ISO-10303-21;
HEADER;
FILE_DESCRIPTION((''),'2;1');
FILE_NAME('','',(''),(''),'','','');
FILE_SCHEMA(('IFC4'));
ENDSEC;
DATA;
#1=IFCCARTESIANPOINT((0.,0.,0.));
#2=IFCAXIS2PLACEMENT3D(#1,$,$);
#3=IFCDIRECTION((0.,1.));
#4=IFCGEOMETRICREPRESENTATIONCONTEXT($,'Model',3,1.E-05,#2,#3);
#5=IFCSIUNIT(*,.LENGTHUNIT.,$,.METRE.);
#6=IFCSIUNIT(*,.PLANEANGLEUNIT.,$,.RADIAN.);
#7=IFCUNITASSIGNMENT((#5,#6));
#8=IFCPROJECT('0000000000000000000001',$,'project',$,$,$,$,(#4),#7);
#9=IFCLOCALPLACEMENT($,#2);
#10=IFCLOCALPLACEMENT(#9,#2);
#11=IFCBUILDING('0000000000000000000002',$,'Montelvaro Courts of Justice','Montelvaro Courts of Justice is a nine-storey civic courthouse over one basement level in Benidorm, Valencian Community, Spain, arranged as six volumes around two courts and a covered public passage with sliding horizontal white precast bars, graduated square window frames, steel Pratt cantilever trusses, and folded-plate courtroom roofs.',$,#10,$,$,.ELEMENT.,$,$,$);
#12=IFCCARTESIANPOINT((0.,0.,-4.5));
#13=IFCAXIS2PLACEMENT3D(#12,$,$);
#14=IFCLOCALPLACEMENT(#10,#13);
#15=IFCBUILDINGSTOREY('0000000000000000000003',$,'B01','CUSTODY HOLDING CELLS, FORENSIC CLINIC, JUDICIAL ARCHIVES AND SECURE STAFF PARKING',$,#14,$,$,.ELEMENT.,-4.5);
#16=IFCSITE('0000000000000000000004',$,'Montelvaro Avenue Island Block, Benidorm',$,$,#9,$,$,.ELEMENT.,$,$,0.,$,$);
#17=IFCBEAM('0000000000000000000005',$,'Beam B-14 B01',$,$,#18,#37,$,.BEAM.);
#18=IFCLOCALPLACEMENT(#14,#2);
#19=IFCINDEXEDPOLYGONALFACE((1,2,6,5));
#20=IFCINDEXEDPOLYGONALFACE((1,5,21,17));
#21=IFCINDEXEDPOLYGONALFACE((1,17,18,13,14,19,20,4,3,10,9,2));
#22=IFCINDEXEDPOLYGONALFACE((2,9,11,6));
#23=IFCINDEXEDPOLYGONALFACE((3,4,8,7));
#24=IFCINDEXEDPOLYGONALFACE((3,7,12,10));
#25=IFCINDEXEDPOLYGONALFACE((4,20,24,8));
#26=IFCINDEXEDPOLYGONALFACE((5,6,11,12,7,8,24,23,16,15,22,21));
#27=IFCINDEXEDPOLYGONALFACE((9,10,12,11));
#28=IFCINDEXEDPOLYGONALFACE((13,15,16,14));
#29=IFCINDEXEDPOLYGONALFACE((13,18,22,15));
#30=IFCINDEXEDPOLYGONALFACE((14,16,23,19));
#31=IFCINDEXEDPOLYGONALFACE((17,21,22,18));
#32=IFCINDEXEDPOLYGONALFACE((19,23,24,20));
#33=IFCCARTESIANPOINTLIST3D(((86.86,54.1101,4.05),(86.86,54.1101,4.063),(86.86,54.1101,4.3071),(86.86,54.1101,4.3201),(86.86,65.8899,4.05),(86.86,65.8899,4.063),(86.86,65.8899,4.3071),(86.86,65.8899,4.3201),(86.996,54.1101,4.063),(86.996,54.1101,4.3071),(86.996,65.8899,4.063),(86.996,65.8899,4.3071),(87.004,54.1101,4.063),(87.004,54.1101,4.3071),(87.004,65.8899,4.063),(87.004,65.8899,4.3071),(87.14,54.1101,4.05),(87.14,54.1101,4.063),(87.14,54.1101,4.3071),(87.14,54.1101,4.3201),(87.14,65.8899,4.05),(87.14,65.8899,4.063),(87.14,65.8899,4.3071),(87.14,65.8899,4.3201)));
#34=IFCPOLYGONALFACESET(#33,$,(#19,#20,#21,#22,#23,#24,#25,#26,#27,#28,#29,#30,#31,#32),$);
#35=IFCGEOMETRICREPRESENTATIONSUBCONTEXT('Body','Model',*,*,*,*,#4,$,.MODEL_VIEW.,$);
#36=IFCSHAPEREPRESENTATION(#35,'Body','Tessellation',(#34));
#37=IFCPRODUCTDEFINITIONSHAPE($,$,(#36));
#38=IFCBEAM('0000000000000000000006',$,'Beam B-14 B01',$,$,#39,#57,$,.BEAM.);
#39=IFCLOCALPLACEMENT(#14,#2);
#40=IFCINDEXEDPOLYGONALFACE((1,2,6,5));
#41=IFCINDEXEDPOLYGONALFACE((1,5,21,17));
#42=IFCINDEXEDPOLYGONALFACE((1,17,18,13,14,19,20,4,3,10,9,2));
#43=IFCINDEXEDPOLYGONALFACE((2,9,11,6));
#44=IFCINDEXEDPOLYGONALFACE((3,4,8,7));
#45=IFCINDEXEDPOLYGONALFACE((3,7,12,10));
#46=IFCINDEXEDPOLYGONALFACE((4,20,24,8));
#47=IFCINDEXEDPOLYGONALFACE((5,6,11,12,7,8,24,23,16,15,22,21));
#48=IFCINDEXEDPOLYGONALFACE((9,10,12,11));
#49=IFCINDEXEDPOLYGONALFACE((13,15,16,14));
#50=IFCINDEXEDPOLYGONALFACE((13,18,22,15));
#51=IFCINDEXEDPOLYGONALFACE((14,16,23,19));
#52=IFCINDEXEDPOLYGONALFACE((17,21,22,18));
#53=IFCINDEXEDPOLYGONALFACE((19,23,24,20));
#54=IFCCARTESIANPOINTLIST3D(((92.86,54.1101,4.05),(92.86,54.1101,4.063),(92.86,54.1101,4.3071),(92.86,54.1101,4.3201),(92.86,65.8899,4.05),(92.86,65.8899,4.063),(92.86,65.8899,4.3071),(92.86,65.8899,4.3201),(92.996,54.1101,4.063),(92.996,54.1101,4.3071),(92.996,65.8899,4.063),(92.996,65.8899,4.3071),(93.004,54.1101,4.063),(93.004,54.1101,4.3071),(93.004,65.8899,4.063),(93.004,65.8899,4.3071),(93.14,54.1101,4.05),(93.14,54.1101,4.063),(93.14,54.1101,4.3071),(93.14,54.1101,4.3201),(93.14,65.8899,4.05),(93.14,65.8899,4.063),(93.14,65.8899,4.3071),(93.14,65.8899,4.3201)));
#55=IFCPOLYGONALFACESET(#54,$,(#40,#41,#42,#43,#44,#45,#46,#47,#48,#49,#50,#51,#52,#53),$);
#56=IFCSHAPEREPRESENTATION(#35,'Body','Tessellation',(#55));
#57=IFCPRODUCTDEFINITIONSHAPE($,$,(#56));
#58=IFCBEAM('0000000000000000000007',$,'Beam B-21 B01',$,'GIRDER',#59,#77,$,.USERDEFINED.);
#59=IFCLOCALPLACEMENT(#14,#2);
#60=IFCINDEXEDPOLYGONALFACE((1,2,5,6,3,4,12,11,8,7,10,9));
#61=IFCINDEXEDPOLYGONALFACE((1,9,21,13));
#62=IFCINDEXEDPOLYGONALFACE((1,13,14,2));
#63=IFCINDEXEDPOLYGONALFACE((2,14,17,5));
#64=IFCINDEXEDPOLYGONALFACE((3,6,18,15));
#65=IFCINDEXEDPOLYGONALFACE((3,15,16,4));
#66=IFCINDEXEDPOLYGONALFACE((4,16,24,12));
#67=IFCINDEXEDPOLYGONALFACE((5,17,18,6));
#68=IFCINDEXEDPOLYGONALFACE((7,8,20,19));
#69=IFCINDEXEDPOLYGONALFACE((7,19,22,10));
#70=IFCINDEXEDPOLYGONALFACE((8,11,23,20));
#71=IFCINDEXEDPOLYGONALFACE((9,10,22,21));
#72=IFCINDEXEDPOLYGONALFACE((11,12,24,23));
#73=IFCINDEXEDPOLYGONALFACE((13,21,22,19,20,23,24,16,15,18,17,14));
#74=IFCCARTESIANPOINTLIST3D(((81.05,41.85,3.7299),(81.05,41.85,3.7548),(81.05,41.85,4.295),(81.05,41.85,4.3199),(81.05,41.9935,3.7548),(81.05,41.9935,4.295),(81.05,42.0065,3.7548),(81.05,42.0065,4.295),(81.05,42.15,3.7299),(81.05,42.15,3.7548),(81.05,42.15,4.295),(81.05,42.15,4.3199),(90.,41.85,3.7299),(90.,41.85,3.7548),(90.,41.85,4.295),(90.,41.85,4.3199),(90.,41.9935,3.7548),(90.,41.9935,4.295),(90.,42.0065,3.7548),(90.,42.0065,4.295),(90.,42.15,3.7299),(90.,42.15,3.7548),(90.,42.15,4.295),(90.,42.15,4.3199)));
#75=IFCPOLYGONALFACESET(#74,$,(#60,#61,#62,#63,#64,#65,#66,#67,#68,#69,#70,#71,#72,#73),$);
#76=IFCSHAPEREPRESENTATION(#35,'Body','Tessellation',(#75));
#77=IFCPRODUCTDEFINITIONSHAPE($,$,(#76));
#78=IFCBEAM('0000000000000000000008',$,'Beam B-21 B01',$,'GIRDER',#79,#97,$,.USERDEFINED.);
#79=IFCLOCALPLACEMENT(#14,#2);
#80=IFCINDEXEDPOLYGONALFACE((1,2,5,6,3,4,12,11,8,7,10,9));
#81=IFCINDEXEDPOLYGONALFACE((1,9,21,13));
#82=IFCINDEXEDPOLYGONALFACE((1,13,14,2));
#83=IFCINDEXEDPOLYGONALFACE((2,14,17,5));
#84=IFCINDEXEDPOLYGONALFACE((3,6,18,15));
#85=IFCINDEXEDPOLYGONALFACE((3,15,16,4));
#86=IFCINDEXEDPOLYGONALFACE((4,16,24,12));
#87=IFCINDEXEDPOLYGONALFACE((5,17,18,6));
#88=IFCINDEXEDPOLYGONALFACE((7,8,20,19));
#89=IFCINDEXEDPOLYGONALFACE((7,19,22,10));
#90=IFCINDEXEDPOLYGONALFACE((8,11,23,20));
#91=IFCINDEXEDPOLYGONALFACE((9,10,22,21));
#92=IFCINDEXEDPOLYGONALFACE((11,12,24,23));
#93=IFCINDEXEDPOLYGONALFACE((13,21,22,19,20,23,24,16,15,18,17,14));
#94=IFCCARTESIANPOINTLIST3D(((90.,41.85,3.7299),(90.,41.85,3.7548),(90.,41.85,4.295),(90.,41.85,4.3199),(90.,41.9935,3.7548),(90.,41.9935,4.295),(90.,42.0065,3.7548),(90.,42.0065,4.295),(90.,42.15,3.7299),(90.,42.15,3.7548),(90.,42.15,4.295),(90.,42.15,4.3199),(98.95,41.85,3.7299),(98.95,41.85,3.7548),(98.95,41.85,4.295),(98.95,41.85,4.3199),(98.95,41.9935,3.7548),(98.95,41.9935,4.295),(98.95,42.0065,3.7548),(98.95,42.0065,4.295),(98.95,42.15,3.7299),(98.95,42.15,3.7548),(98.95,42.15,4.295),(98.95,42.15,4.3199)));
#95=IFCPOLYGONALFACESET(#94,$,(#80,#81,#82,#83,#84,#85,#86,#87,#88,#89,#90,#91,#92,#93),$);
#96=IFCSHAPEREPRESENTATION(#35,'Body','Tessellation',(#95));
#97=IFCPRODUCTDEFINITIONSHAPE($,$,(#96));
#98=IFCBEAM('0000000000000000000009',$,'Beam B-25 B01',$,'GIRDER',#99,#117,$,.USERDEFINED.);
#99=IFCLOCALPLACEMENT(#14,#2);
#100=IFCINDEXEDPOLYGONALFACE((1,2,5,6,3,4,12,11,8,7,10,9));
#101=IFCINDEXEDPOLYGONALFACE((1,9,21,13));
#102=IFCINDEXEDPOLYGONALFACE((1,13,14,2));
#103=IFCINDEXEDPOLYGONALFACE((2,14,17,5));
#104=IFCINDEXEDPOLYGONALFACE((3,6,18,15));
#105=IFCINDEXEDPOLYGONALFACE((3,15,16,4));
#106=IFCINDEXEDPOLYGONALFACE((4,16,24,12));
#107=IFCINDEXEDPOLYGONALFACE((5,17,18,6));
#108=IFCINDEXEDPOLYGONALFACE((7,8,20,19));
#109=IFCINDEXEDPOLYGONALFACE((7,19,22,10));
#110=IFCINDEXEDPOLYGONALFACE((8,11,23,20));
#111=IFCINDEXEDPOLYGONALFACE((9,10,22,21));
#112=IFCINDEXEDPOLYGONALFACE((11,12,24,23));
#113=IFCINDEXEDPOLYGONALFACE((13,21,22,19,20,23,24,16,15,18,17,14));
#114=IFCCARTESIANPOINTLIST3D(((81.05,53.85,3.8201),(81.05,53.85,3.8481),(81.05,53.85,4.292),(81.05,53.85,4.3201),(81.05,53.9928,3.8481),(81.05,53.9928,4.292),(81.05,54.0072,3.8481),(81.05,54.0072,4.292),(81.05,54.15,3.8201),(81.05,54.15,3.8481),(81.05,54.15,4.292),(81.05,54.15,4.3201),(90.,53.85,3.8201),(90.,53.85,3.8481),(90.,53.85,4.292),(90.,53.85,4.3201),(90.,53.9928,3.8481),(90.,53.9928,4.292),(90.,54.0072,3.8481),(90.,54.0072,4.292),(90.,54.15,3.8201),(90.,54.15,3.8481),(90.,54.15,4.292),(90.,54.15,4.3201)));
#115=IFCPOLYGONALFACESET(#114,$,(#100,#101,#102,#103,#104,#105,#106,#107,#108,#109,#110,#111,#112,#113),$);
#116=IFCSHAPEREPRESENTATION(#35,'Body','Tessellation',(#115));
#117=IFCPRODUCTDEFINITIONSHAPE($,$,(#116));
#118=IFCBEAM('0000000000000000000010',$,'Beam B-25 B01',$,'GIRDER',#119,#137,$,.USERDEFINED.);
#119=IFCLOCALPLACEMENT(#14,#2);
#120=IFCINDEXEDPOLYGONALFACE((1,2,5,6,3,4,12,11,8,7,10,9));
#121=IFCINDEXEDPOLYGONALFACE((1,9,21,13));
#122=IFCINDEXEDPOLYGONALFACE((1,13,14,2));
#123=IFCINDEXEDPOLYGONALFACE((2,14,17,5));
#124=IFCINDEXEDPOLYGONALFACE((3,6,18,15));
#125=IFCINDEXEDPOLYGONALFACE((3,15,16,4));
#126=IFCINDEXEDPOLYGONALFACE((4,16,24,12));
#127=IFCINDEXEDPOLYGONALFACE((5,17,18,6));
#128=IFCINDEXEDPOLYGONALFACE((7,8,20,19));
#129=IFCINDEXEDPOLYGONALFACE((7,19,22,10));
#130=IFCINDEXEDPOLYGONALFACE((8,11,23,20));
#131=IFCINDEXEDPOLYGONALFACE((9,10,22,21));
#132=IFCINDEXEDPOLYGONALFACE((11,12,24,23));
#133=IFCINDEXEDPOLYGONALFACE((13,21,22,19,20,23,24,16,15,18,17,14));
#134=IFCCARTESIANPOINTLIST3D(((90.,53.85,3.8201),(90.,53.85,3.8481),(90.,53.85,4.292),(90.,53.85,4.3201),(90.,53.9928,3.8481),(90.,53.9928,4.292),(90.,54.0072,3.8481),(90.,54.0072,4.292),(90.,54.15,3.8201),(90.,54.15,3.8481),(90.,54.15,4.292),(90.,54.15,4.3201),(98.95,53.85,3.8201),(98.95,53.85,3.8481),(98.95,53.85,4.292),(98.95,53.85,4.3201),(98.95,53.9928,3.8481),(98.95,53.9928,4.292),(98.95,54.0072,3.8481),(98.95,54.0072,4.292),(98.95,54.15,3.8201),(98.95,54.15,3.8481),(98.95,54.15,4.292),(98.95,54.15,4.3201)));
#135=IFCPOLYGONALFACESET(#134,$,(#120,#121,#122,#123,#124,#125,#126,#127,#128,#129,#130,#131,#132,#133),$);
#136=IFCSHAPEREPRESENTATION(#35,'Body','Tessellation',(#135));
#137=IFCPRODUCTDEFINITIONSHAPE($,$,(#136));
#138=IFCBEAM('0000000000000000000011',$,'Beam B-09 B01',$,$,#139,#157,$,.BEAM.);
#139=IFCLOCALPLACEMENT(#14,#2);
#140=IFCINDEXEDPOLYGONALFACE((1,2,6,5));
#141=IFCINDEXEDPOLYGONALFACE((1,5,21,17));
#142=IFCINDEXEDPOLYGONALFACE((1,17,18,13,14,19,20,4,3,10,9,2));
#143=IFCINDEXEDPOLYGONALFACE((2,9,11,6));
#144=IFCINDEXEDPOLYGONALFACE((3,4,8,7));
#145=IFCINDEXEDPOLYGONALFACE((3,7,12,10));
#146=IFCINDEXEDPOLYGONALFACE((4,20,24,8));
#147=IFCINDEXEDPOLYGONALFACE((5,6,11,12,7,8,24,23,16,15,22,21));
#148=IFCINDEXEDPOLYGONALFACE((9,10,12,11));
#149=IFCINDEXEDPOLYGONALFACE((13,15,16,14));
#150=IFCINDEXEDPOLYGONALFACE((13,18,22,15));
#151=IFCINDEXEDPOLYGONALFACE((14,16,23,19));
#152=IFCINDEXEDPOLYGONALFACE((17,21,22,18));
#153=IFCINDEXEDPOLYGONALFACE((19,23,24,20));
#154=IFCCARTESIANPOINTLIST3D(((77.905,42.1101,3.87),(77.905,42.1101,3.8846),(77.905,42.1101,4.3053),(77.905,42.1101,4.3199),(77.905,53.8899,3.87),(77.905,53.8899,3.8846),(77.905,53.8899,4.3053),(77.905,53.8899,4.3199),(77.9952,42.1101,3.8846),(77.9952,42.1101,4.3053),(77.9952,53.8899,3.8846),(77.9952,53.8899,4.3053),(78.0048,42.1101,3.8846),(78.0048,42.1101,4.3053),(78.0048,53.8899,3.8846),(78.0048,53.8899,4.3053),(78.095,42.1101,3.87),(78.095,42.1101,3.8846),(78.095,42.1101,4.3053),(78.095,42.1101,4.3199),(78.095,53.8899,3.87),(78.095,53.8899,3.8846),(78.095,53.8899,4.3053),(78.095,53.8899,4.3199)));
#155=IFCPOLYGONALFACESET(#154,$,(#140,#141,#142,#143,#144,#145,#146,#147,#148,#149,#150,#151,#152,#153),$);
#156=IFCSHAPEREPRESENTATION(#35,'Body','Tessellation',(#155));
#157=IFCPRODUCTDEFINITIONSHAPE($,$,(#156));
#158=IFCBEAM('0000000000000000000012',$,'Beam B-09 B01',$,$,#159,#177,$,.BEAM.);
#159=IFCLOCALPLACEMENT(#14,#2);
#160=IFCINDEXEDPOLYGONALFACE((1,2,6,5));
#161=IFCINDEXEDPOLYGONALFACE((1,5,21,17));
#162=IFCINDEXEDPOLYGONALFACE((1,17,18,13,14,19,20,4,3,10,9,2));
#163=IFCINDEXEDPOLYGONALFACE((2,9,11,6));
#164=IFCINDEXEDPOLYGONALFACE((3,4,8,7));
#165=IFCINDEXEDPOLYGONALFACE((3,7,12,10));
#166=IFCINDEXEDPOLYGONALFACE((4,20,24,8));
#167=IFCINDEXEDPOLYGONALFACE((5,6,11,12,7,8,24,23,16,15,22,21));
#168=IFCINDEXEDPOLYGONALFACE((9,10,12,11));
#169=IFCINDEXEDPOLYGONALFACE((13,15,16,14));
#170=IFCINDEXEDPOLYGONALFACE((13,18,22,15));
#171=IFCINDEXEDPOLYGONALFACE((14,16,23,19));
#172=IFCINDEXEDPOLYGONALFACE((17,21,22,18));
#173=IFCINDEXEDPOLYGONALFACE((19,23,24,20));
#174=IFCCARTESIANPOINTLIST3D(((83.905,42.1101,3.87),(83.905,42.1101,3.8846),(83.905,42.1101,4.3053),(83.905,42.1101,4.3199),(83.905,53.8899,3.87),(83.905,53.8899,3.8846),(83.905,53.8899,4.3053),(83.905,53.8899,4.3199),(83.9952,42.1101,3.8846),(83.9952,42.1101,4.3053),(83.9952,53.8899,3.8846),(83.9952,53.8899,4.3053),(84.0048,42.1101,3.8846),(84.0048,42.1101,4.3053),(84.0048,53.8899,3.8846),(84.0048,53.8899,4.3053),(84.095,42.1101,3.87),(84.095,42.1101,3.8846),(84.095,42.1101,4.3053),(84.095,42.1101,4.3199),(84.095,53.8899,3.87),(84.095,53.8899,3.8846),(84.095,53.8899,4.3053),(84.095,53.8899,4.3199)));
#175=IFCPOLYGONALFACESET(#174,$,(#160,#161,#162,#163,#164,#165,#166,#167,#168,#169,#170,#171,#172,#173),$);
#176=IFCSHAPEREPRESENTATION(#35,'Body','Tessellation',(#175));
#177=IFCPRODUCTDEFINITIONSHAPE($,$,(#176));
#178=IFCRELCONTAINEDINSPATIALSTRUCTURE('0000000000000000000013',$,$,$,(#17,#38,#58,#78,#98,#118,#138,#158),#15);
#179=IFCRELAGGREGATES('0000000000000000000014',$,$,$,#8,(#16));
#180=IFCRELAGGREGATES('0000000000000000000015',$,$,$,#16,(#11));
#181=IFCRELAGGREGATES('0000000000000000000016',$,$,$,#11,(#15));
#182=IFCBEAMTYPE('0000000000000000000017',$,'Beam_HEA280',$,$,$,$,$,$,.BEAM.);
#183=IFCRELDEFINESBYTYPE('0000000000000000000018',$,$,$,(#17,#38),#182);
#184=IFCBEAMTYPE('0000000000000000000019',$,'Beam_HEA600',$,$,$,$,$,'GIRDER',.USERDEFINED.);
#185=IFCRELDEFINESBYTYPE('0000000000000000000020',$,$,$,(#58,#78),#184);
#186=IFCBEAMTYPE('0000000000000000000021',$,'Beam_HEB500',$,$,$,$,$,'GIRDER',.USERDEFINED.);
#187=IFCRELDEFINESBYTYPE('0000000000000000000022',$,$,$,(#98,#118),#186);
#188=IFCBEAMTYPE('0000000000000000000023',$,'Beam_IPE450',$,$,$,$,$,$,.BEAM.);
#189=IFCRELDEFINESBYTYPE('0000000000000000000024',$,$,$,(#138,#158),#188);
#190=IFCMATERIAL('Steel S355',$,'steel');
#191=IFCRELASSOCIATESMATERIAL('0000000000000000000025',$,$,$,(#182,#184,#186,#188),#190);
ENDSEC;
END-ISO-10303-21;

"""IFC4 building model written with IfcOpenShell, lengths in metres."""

from ifc_helpers import new_model, si_unit, direction, frame, origin, origin_2d, place, context, subcontext, project, spatial, i_section, extrude, material, material_profile, profile_set, type_object, element, save


model = new_model("IFC4")

# Units and contexts
model_context = context("Model", 3, precision=1e-05, world=origin(), true_north=direction((0.0, 1.0)))
body_context = subcontext(model_context, "Body", "Model", "MODEL_VIEW")
ifc_project = project(units=[si_unit("LENGTHUNIT", "METRE"), si_unit("PLANEANGLEUNIT", "RADIAN")], contexts=[model_context])

# Site, building, storey
site_placement = place(None, origin())
site = spatial("IfcSite", under=ifc_project, at=site_placement, Name="Montelvaro Avenue Island Block, Benidorm", CompositionType="ELEMENT", RefElevation=0.0)
building_placement = place(site_placement, origin())
building = spatial("IfcBuilding", under=site, at=building_placement, Name="Montelvaro Courts of Justice", Description="Montelvaro Courts of Justice is a nine-storey civic courthouse over one basement level in Benidorm, Valencian Community, Spain, arranged as six volumes around two courts and a covered public passage with sliding horizontal white precast bars, graduated square window frames, steel Pratt cantilever trusses, and folded-plate courtroom roofs.", CompositionType="ELEMENT")
storey_placement = place(building_placement, frame((0.0, 0.0, -4.5)))
storey = spatial("IfcBuildingStorey", under=building, at=storey_placement, Name="B01", Description="CUSTODY HOLDING CELLS, FORENSIC CLINIC, JUDICIAL ARCHIVES AND SECURE STAFF PARKING", CompositionType="ELEMENT", Elevation=-4.5)

# Beams
ifc_material_1 = material(Name="Steel S355", Category="steel")
ifc_material_profile_1 = material_profile(ifc_material_1, i_section(OverallWidth=0.28, OverallDepth=0.27, WebThickness=0.0081, FlangeThickness=0.0129, at=origin_2d()), Name="HEA 280")
ifc_profile_set_1 = profile_set([ifc_material_profile_1], Name="Steel S355")
beam_type_1 = type_object("IfcBeamType", Name="Beam_HEA280", PredefinedType="BEAM", material=ifc_profile_set_1)
for number, where, z_axis, x_axis, name in (
    (1, (87.0, 54.1101, 4.1851), (0.0, 1.0, 0.0), (-1.0, 0.0, 0.0), "Beam B-14 B01"),
    (2, (93.0, 54.1101, 4.1851), (0.0, 1.0, 0.0), (-1.0, 0.0, 0.0), "Beam B-14 B01"),
):
    element("IfcBeam", number, at=place(storey_placement, frame(where, z_axis=z_axis, x_axis=x_axis)), inside=storey, type_object=beam_type_1, Name=name, PredefinedType="BEAM", context=body_context, shape_type="SweptSolid", body=[
        extrude(i_section(OverallWidth=0.28, OverallDepth=0.27, WebThickness=0.0081, FlangeThickness=0.0129, at=origin_2d()), origin(), (0.0, 0.0, 1.0), 11.7798),
    ])
ifc_material_profile_2 = material_profile(ifc_material_1, i_section(OverallWidth=0.3, OverallDepth=0.5901, WebThickness=0.0129, FlangeThickness=0.0249, at=origin_2d()), Name="HEA 600")
ifc_profile_set_2 = profile_set([ifc_material_profile_2], Name="Steel S355")
beam_type_2 = type_object("IfcBeamType", Name="Beam_HEA600", ElementType="GIRDER", PredefinedType="USERDEFINED", material=ifc_profile_set_2)
for number, where, z_axis, x_axis, name in (
    (3, (81.05, 42.0, 4.0249), (1.0, 0.0, 0.0), (0.0, 1.0, 0.0), "Beam B-21 B01"),
    (4, (90.0, 42.0, 4.0249), (1.0, 0.0, 0.0), (0.0, 1.0, 0.0), "Beam B-21 B01"),
):
    element("IfcBeam", number, at=place(storey_placement, frame(where, z_axis=z_axis, x_axis=x_axis)), inside=storey, type_object=beam_type_2, Name=name, ObjectType="GIRDER", PredefinedType="USERDEFINED", context=body_context, shape_type="SweptSolid", body=[
        extrude(i_section(OverallWidth=0.3, OverallDepth=0.5901, WebThickness=0.0129, FlangeThickness=0.0249, at=origin_2d()), origin(), (0.0, 0.0, 1.0), 8.95),
    ])
ifc_material_profile_3 = material_profile(ifc_material_1, i_section(OverallWidth=0.3, OverallDepth=0.5, WebThickness=0.0144, FlangeThickness=0.0281, at=origin_2d()), Name="HEB 500")
ifc_profile_set_3 = profile_set([ifc_material_profile_3], Name="Steel S355")
beam_type_3 = type_object("IfcBeamType", Name="Beam_HEB500", ElementType="GIRDER", PredefinedType="USERDEFINED", material=ifc_profile_set_3)
for number, where, z_axis, x_axis, name in (
    (5, (81.05, 54.0, 4.0701), (1.0, 0.0, 0.0), (0.0, 1.0, 0.0), "Beam B-25 B01"),
    (6, (90.0, 54.0, 4.0701), (1.0, 0.0, 0.0), (0.0, 1.0, 0.0), "Beam B-25 B01"),
):
    element("IfcBeam", number, at=place(storey_placement, frame(where, z_axis=z_axis, x_axis=x_axis)), inside=storey, type_object=beam_type_3, Name=name, ObjectType="GIRDER", PredefinedType="USERDEFINED", context=body_context, shape_type="SweptSolid", body=[
        extrude(i_section(OverallWidth=0.3, OverallDepth=0.5, WebThickness=0.0144, FlangeThickness=0.0281, at=origin_2d()), origin(), (0.0, 0.0, 1.0), 8.95),
    ])
ifc_material_profile_4 = material_profile(ifc_material_1, i_section(OverallWidth=0.1899, OverallDepth=0.45, WebThickness=0.0095, FlangeThickness=0.0146, at=origin_2d()), Name="IPE 450")
ifc_profile_set_4 = profile_set([ifc_material_profile_4], Name="Steel S355")
beam_type_4 = type_object("IfcBeamType", Name="Beam_IPE450", PredefinedType="BEAM", material=ifc_profile_set_4)
for number, where, z_axis, x_axis, name in (
    (7, (78.0, 42.1101, 4.095), (0.0, 1.0, 0.0), (-1.0, 0.0, 0.0), "Beam B-09 B01"),
    (8, (84.0, 42.1101, 4.095), (0.0, 1.0, 0.0), (-1.0, 0.0, 0.0), "Beam B-09 B01"),
):
    element("IfcBeam", number, at=place(storey_placement, frame(where, z_axis=z_axis, x_axis=x_axis)), inside=storey, type_object=beam_type_4, Name=name, PredefinedType="BEAM", context=body_context, shape_type="SweptSolid", body=[
        extrude(i_section(OverallWidth=0.1899, OverallDepth=0.45, WebThickness=0.0095, FlangeThickness=0.0146, at=origin_2d()), origin(), (0.0, 0.0, 1.0), 11.7798),
    ])

save(model, "model.ifc")
